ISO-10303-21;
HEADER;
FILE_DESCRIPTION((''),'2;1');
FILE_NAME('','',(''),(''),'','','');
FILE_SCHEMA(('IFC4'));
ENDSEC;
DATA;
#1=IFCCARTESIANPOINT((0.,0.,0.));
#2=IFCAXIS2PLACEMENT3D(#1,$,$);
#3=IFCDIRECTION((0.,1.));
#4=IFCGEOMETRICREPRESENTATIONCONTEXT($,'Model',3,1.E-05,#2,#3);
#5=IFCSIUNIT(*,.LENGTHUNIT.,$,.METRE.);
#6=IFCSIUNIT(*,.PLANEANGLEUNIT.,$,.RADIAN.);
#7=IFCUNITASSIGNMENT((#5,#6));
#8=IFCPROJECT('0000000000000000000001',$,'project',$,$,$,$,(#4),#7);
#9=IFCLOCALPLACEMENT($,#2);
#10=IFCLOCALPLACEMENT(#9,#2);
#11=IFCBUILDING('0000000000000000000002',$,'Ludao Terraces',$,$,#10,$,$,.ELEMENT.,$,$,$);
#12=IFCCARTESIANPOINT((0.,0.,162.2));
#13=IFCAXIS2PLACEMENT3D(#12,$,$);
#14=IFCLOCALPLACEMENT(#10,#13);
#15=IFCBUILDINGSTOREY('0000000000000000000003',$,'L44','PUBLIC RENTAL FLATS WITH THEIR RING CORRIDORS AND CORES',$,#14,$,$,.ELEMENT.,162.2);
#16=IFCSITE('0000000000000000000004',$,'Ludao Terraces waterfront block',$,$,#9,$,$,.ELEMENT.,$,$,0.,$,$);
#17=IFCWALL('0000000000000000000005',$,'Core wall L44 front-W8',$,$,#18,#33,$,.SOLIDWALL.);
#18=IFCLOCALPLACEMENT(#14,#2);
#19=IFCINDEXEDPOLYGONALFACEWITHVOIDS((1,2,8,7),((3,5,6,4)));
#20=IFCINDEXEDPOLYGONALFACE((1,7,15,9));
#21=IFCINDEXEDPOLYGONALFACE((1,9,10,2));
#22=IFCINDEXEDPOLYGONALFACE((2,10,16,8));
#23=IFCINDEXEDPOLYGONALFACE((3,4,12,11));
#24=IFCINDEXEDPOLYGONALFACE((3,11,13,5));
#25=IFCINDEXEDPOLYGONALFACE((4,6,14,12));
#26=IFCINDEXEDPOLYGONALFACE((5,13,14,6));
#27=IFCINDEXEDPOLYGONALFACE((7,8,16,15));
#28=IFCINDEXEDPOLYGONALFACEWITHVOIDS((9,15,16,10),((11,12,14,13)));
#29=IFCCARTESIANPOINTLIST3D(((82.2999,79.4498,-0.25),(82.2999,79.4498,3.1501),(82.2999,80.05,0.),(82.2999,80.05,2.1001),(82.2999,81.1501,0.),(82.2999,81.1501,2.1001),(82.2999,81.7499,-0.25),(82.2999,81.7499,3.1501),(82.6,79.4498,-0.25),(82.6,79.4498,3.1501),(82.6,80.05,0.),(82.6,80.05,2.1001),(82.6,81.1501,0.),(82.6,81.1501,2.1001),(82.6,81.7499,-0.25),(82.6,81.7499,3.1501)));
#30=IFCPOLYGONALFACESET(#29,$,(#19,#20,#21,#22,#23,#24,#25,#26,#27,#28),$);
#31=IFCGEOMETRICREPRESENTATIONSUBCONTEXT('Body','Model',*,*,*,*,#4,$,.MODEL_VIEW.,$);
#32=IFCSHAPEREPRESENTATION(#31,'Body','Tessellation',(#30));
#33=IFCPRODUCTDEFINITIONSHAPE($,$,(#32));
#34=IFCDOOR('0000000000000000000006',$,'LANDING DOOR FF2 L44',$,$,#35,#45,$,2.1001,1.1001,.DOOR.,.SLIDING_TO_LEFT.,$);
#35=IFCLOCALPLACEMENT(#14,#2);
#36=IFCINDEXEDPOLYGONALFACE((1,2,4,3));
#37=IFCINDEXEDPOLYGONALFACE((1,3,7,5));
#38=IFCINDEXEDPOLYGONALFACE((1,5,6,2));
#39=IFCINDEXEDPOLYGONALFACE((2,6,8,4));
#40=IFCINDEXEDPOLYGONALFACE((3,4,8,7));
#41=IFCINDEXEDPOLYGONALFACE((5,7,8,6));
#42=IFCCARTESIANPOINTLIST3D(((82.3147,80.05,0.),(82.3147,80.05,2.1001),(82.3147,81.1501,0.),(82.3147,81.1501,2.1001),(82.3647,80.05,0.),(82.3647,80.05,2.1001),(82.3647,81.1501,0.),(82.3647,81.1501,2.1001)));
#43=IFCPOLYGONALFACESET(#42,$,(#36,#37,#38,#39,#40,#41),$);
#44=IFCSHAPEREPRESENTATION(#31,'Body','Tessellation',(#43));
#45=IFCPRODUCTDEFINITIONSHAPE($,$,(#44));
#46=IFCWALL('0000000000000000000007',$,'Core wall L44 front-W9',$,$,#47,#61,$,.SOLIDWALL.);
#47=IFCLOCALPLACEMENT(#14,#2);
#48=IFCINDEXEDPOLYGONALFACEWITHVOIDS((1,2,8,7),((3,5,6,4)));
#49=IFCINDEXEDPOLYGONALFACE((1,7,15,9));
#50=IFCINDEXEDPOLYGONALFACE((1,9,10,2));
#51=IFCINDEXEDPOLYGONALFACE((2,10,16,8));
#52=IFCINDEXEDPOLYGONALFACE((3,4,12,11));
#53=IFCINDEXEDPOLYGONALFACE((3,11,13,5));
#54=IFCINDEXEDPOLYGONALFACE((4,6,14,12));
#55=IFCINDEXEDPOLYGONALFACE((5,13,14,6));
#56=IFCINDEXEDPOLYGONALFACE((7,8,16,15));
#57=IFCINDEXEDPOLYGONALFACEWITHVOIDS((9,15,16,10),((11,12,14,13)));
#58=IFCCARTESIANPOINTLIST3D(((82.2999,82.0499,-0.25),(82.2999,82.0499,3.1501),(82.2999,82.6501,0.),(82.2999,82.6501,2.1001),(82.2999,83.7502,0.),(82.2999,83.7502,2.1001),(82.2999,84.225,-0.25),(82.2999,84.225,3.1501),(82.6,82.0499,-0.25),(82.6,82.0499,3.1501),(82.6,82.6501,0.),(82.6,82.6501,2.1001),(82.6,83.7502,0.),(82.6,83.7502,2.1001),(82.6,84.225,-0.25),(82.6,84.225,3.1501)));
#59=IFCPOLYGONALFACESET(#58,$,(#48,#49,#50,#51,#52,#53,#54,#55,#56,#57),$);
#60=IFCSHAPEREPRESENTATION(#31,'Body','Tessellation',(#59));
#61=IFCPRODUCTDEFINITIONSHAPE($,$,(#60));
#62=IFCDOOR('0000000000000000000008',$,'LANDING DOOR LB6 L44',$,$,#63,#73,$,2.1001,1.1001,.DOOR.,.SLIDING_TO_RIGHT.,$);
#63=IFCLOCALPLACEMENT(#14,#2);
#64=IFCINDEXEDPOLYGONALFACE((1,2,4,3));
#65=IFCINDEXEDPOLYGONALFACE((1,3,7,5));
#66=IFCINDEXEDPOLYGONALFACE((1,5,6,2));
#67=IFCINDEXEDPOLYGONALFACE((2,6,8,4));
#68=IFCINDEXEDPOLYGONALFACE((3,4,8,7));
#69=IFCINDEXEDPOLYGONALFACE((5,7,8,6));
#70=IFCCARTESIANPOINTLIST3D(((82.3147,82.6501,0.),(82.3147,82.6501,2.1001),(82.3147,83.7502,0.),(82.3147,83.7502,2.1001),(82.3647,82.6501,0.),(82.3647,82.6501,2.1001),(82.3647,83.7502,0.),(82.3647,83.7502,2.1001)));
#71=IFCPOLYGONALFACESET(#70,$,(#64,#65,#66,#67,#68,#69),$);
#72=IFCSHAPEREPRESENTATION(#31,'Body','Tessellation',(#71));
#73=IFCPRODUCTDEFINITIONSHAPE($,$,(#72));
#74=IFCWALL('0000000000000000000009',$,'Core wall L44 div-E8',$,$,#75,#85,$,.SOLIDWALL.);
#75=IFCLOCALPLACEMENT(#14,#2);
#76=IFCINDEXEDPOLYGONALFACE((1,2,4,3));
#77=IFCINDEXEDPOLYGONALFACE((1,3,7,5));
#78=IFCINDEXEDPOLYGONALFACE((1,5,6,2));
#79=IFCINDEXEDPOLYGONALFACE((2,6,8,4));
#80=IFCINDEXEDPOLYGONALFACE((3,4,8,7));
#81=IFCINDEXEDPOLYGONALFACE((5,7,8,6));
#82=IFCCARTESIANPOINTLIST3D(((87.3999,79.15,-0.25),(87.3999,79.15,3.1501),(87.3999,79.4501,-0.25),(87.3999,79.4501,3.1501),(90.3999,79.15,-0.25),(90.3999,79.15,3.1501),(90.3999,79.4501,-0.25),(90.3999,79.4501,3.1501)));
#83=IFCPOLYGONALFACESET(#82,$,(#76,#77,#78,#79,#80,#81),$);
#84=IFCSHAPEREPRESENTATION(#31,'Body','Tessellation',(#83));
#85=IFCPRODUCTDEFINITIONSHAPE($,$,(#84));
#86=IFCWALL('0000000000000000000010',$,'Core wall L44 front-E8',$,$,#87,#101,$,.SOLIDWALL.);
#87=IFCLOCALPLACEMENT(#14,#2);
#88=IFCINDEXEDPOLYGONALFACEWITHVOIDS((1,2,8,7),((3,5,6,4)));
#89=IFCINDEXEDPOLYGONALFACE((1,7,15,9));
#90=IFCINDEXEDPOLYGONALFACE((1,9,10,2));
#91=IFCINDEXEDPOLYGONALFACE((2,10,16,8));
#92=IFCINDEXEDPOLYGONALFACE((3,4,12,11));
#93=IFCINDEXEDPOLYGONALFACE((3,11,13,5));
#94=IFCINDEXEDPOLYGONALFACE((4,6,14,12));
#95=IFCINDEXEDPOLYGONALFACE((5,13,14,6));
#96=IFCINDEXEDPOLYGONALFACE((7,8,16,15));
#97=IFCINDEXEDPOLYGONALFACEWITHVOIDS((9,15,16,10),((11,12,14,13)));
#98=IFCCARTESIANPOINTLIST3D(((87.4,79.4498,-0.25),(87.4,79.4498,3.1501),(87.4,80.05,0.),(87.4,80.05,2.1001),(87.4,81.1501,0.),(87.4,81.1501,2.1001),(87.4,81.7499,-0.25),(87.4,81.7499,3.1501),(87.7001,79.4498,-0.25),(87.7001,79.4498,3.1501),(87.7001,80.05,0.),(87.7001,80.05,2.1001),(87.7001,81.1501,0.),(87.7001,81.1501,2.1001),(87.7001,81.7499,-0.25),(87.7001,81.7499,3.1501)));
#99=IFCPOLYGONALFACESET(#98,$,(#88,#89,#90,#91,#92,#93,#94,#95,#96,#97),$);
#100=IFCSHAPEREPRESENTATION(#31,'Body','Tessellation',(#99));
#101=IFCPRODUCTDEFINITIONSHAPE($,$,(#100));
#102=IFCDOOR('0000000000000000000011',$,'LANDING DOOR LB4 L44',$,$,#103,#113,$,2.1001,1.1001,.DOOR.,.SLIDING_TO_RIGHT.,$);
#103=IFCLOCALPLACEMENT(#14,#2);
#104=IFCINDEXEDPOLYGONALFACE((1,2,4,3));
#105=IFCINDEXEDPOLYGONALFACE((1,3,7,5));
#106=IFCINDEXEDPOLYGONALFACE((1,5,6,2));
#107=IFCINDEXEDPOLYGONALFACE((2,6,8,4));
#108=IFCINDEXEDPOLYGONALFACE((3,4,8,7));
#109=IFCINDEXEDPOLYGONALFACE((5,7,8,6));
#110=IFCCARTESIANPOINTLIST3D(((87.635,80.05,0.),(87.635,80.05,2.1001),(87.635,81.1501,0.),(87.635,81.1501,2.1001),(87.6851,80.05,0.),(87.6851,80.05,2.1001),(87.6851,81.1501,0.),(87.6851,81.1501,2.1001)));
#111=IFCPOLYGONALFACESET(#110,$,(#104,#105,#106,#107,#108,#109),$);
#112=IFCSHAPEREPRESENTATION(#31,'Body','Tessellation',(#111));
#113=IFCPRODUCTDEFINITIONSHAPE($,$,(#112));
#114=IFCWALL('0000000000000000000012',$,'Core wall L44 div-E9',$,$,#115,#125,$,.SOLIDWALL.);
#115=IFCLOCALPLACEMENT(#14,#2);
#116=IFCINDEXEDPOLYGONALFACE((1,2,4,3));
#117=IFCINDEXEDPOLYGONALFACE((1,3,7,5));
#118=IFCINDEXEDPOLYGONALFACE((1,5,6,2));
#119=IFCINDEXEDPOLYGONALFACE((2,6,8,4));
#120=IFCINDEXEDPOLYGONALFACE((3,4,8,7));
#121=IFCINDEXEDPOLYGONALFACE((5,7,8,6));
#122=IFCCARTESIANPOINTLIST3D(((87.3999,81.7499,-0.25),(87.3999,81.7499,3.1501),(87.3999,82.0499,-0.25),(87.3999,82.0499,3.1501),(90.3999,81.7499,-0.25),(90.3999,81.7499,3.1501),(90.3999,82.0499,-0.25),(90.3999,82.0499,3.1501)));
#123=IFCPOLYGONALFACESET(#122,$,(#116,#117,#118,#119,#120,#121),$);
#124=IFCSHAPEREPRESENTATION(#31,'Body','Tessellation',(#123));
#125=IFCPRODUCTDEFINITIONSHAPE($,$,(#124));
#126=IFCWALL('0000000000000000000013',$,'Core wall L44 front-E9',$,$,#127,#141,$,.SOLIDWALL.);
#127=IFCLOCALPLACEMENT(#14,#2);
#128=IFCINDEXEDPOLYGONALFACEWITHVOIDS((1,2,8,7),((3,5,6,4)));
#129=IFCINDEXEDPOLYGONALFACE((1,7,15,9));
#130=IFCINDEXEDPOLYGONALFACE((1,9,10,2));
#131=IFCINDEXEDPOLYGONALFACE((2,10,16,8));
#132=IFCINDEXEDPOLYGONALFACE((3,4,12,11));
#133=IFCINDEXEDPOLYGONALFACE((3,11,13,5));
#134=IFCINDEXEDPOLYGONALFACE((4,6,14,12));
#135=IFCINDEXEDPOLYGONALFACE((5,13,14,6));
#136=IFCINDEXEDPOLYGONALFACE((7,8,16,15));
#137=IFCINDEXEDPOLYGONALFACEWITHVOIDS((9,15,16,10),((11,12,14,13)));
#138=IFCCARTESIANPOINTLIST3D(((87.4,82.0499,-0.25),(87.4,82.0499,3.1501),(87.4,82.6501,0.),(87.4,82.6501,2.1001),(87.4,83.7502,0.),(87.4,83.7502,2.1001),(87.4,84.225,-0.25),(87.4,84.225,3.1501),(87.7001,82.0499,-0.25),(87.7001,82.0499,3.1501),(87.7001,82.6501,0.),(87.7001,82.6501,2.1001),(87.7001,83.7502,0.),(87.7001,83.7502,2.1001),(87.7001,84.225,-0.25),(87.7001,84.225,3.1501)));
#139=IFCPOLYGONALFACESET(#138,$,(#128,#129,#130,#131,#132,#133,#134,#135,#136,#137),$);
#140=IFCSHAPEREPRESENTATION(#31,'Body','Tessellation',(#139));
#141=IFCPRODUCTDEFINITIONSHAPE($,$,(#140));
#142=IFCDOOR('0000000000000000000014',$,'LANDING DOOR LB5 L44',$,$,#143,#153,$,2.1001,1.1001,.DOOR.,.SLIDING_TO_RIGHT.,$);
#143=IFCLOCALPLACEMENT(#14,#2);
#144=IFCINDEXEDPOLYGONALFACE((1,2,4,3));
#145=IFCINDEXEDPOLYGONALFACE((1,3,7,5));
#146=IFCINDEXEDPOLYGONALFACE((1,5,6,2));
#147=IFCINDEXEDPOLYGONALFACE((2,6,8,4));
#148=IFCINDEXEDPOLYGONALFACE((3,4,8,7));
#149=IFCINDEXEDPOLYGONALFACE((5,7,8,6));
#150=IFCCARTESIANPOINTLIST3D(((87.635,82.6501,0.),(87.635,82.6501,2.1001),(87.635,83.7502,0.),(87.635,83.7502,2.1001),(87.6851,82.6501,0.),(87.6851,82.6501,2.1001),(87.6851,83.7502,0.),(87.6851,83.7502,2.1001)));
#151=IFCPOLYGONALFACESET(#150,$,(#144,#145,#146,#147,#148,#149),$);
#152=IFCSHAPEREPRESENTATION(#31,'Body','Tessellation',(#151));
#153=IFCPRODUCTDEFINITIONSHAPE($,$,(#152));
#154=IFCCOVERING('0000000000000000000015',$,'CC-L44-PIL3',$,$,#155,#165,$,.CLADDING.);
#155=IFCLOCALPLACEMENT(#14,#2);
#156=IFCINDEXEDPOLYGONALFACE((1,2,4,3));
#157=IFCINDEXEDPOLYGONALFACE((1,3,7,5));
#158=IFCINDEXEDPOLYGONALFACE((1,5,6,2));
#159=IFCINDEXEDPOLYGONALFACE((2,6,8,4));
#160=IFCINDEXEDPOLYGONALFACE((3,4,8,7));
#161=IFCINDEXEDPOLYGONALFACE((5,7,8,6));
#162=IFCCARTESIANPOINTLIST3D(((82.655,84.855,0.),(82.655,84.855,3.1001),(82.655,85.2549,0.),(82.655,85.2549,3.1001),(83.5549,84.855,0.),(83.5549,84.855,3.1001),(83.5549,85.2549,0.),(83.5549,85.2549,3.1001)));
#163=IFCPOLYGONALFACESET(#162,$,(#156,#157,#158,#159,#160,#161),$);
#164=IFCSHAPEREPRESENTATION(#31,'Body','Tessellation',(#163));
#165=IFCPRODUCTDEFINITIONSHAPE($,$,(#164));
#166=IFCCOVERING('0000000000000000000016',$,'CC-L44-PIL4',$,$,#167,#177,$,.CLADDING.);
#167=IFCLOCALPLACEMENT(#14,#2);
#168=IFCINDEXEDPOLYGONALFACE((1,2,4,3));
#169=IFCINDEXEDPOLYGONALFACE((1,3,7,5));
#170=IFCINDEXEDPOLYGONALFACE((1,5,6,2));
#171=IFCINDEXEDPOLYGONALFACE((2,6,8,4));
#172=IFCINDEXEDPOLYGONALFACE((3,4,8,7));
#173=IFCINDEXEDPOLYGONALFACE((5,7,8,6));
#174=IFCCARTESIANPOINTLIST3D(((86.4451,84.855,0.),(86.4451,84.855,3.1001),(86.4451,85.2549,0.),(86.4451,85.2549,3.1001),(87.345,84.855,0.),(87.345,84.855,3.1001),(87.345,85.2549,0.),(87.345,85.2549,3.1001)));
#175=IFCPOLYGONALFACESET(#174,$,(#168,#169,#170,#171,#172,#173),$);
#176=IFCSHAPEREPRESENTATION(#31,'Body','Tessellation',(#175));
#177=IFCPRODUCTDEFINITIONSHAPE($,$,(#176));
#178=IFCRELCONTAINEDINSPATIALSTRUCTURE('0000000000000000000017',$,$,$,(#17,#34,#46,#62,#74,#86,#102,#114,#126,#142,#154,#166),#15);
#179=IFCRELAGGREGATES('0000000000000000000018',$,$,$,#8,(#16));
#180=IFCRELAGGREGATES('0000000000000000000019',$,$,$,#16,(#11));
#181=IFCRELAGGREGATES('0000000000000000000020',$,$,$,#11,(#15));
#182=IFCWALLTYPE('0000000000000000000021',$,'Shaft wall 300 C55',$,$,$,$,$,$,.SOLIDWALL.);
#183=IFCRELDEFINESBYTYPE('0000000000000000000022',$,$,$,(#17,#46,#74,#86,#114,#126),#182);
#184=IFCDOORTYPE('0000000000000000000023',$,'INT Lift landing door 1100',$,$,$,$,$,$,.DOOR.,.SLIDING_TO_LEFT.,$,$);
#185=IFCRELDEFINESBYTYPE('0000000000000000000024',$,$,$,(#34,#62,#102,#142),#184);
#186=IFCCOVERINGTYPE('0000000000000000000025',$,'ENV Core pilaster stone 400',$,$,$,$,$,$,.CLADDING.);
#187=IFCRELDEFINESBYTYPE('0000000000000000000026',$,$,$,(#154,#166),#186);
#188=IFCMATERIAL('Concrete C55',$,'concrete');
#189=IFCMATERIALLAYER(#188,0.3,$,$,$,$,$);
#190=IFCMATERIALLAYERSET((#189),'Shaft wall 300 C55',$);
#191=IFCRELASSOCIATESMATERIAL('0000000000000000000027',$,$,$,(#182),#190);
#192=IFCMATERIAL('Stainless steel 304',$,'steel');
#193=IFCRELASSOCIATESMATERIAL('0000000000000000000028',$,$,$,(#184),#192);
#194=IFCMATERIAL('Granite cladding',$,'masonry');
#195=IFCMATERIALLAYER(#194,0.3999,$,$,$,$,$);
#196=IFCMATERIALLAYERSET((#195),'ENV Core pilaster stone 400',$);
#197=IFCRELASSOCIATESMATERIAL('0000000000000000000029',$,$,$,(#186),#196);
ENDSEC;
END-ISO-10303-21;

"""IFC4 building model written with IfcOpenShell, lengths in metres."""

from ifc_helpers import new_model, si_unit, direction, frame, frame_2d, origin, origin_2d, place, context, subcontext, project, spatial, rectangle, extrude, material, layer, layer_set, type_object, element, fill, save


model = new_model("IFC4")

# Units and contexts
model_context = context("Model", 3, precision=1e-05, world=origin(), true_north=direction((0.0, 1.0)))
body_context = subcontext(model_context, "Body", "Model", "MODEL_VIEW")
ifc_project = project(units=[si_unit("LENGTHUNIT", "METRE"), si_unit("PLANEANGLEUNIT", "RADIAN")], contexts=[model_context])

# Site, building, storey
site_placement = place(None, origin())
site = spatial("IfcSite", under=ifc_project, at=site_placement, Name="Ludao Terraces waterfront block", CompositionType="ELEMENT", RefElevation=0.0)
building_placement = place(site_placement, origin())
building = spatial("IfcBuilding", under=site, at=building_placement, Name="Ludao Terraces", CompositionType="ELEMENT")
storey_placement = place(building_placement, frame((0.0, 0.0, 162.2)))
storey = spatial("IfcBuildingStorey", under=building, at=storey_placement, Name="L44", Description="PUBLIC RENTAL FLATS WITH THEIR RING CORRIDORS AND CORES", CompositionType="ELEMENT", Elevation=162.2)

# Walls, openings, doors
ifc_material_1 = material(Name="Concrete C55", Category="concrete")
ifc_layer_1 = layer(ifc_material_1, 0.3)
ifc_layer_set_1 = layer_set([ifc_layer_1], Name="Shaft wall 300 C55")
wall_type = type_object("IfcWallType", Name="Shaft wall 300 C55", PredefinedType="SOLIDWALL", material=ifc_layer_set_1)
wall_1_placement = place(storey_placement, frame((82.45, 79.45, -0.25), z_axis=(0.0, 0.0, 1.0), x_axis=(0.0, 1.0, 0.0)))
wall_1 = element("IfcWall", 1, at=wall_1_placement, inside=storey, type_object=wall_type, Name="Core wall L44 front-W8", PredefinedType="SOLIDWALL", context=body_context, shape_type="SweptSolid", body=[
    extrude(rectangle(XDim=2.3, YDim=0.3, at=frame_2d((1.1499, 0.0))), origin(), (0.0, 0.0, 1.0), 3.4001),
])
opening_1_placement = place(wall_1_placement, frame((0.6001, 0.0, 0.25)))
opening_1 = element("IfcOpeningElement", 2, at=opening_1_placement, cuts=wall_1, PredefinedType="OPENING", context=body_context, shape_type="SweptSolid", body=[
    extrude(rectangle(XDim=1.1001, YDim=2.1001, at=frame_2d((0.55, 1.05))), frame((0.0, 0.1602, 0.0), z_axis=(0.0, -1.0, 0.0), x_axis=(1.0, 0.0, 0.0)), (0.0, 0.0, 1.0), 0.3201),
])
ifc_material_2 = material(Name="Stainless steel 304", Category="steel")
door_type = type_object("IfcDoorType", Name="INT Lift landing door 1100", OperationType="SLIDING_TO_LEFT", PredefinedType="DOOR", material=ifc_material_2)
door_1_placement = place(opening_1_placement, origin())
door_1 = element("IfcDoor", 3, at=door_1_placement, inside=storey, type_object=door_type, Name="LANDING DOOR FF2 L44", OperationType="SLIDING_TO_LEFT", OverallHeight=2.1001, OverallWidth=1.1001, PredefinedType="DOOR", context=body_context, shape_type="SweptSolid", body=[
    extrude(rectangle(XDim=1.1001, YDim=2.1001, at=frame_2d((0.55, 1.05))), frame((0.0, 0.1353, 0.0), z_axis=(0.0, -1.0, 0.0), x_axis=(1.0, 0.0, 0.0)), (0.0, 0.0, 1.0), 0.05),
])
fill(opening_1, door_1)
wall_2_placement = place(storey_placement, frame((82.45, 82.05, -0.25), z_axis=(0.0, 0.0, 1.0), x_axis=(0.0, 1.0, 0.0)))
wall_2 = element("IfcWall", 4, at=wall_2_placement, inside=storey, type_object=wall_type, Name="Core wall L44 front-W9", PredefinedType="SOLIDWALL", context=body_context, shape_type="SweptSolid", body=[
    extrude(rectangle(XDim=2.175, YDim=0.3, at=frame_2d((1.0874, 0.0))), origin(), (0.0, 0.0, 1.0), 3.4001),
])
opening_2_placement = place(wall_2_placement, frame((0.6001, 0.0, 0.25)))
opening_2 = element("IfcOpeningElement", 5, at=opening_2_placement, cuts=wall_2, PredefinedType="OPENING", context=body_context, shape_type="SweptSolid", body=[
    extrude(rectangle(XDim=1.1001, YDim=2.1001, at=frame_2d((0.55, 1.05))), frame((0.0, 0.1602, 0.0), z_axis=(0.0, -1.0, 0.0), x_axis=(1.0, 0.0, 0.0)), (0.0, 0.0, 1.0), 0.3201),
])
door_2_placement = place(opening_2_placement, origin())
door_2 = element("IfcDoor", 6, at=door_2_placement, inside=storey, type_object=door_type, Name="LANDING DOOR LB6 L44", OperationType="SLIDING_TO_RIGHT", OverallHeight=2.1001, OverallWidth=1.1001, PredefinedType="DOOR", context=body_context, shape_type="SweptSolid", body=[
    extrude(rectangle(XDim=1.1001, YDim=2.1001, at=frame_2d((0.55, 1.05))), frame((0.0, 0.1353, 0.0), z_axis=(0.0, -1.0, 0.0), x_axis=(1.0, 0.0, 0.0)), (0.0, 0.0, 1.0), 0.05),
])
fill(opening_2, door_2)

# Wall
wall_3_placement = place(storey_placement, frame((87.3999, 79.3, -0.25), z_axis=(0.0, 0.0, 1.0), x_axis=(1.0, 0.0, 0.0)))
element("IfcWall", 7, at=wall_3_placement, inside=storey, type_object=wall_type, Name="Core wall L44 div-E8", PredefinedType="SOLIDWALL", context=body_context, shape_type="SweptSolid", body=[
    extrude(rectangle(XDim=3.0, YDim=0.3, at=frame_2d((1.5, 0.0))), origin(), (0.0, 0.0, 1.0), 3.4001),
])

# Wall, opening, door
wall_4_placement = place(storey_placement, frame((87.55, 79.45, -0.25), z_axis=(0.0, 0.0, 1.0), x_axis=(0.0, 1.0, 0.0)))
wall_4 = element("IfcWall", 8, at=wall_4_placement, inside=storey, type_object=wall_type, Name="Core wall L44 front-E8", PredefinedType="SOLIDWALL", context=body_context, shape_type="SweptSolid", body=[
    extrude(rectangle(XDim=2.3, YDim=0.3, at=frame_2d((1.1499, 0.0))), origin(), (0.0, 0.0, 1.0), 3.4001),
])
opening_3_placement = place(wall_4_placement, frame((0.6001, 0.0, 0.25)))
opening_3 = element("IfcOpeningElement", 9, at=opening_3_placement, cuts=wall_4, PredefinedType="OPENING", context=body_context, shape_type="SweptSolid", body=[
    extrude(rectangle(XDim=1.1001, YDim=2.1001, at=frame_2d((0.55, 1.05))), frame((0.0, 0.1602, 0.0), z_axis=(0.0, -1.0, 0.0), x_axis=(1.0, 0.0, 0.0)), (0.0, 0.0, 1.0), 0.3201),
])
door_3_placement = place(opening_3_placement, origin())
door_3 = element("IfcDoor", 10, at=door_3_placement, inside=storey, type_object=door_type, Name="LANDING DOOR LB4 L44", OperationType="SLIDING_TO_RIGHT", OverallHeight=2.1001, OverallWidth=1.1001, PredefinedType="DOOR", context=body_context, shape_type="SweptSolid", body=[
    extrude(rectangle(XDim=1.1001, YDim=2.1001, at=frame_2d((0.55, 1.05))), frame((0.0, -0.085, 0.0), z_axis=(0.0, -1.0, 0.0), x_axis=(1.0, 0.0, 0.0)), (0.0, 0.0, 1.0), 0.05),
])
fill(opening_3, door_3)

# Wall
wall_5_placement = place(storey_placement, frame((87.3999, 81.8999, -0.25), z_axis=(0.0, 0.0, 1.0), x_axis=(1.0, 0.0, 0.0)))
element("IfcWall", 11, at=wall_5_placement, inside=storey, type_object=wall_type, Name="Core wall L44 div-E9", PredefinedType="SOLIDWALL", context=body_context, shape_type="SweptSolid", body=[
    extrude(rectangle(XDim=3.0, YDim=0.3, at=frame_2d((1.5, 0.0))), origin(), (0.0, 0.0, 1.0), 3.4001),
])

# Wall, opening, door
wall_6_placement = place(storey_placement, frame((87.55, 82.05, -0.25), z_axis=(0.0, 0.0, 1.0), x_axis=(0.0, 1.0, 0.0)))
wall_6 = element("IfcWall", 12, at=wall_6_placement, inside=storey, type_object=wall_type, Name="Core wall L44 front-E9", PredefinedType="SOLIDWALL", context=body_context, shape_type="SweptSolid", body=[
    extrude(rectangle(XDim=2.175, YDim=0.3, at=frame_2d((1.0874, 0.0))), origin(), (0.0, 0.0, 1.0), 3.4001),
])
opening_4_placement = place(wall_6_placement, frame((0.6001, 0.0, 0.25)))
opening_4 = element("IfcOpeningElement", 13, at=opening_4_placement, cuts=wall_6, PredefinedType="OPENING", context=body_context, shape_type="SweptSolid", body=[
    extrude(rectangle(XDim=1.1001, YDim=2.1001, at=frame_2d((0.55, 1.05))), frame((0.0, 0.1602, 0.0), z_axis=(0.0, -1.0, 0.0), x_axis=(1.0, 0.0, 0.0)), (0.0, 0.0, 1.0), 0.3201),
])
door_4_placement = place(opening_4_placement, origin())
door_4 = element("IfcDoor", 14, at=door_4_placement, inside=storey, type_object=door_type, Name="LANDING DOOR LB5 L44", OperationType="SLIDING_TO_RIGHT", OverallHeight=2.1001, OverallWidth=1.1001, PredefinedType="DOOR", context=body_context, shape_type="SweptSolid", body=[
    extrude(rectangle(XDim=1.1001, YDim=2.1001, at=frame_2d((0.55, 1.05))), frame((0.0, -0.085, 0.0), z_axis=(0.0, -1.0, 0.0), x_axis=(1.0, 0.0, 0.0)), (0.0, 0.0, 1.0), 0.05),
])
fill(opening_4, door_4)

# Coverings
ifc_material_3 = material(Name="Granite cladding", Category="masonry")
ifc_layer_2 = layer(ifc_material_3, 0.3999)
ifc_layer_set_2 = layer_set([ifc_layer_2], Name="ENV Core pilaster stone 400")
covering_type_1 = type_object("IfcCoveringType", Name="ENV Core pilaster stone 400", PredefinedType="CLADDING", material=ifc_layer_set_2)
for number, where, z_axis, x_axis, name in (
    (15, (83.105, 85.0549, 0.0), (0.0, 0.0, 1.0), (1.0, 0.0, 0.0), "CC-L44-PIL3"),
    (16, (86.895, 85.0549, 0.0), (0.0, 0.0, 1.0), (1.0, 0.0, 0.0), "CC-L44-PIL4"),
):
    element("IfcCovering", number, at=place(storey_placement, frame(where, z_axis=z_axis, x_axis=x_axis)), inside=storey, type_object=covering_type_1, Name=name, PredefinedType="CLADDING", context=body_context, shape_type="SweptSolid", body=[
        extrude(rectangle(XDim=0.8999, YDim=0.3999, at=origin_2d()), origin(), (0.0, 0.0, 1.0), 3.1001),
    ])

save(model, "model.ifc")
